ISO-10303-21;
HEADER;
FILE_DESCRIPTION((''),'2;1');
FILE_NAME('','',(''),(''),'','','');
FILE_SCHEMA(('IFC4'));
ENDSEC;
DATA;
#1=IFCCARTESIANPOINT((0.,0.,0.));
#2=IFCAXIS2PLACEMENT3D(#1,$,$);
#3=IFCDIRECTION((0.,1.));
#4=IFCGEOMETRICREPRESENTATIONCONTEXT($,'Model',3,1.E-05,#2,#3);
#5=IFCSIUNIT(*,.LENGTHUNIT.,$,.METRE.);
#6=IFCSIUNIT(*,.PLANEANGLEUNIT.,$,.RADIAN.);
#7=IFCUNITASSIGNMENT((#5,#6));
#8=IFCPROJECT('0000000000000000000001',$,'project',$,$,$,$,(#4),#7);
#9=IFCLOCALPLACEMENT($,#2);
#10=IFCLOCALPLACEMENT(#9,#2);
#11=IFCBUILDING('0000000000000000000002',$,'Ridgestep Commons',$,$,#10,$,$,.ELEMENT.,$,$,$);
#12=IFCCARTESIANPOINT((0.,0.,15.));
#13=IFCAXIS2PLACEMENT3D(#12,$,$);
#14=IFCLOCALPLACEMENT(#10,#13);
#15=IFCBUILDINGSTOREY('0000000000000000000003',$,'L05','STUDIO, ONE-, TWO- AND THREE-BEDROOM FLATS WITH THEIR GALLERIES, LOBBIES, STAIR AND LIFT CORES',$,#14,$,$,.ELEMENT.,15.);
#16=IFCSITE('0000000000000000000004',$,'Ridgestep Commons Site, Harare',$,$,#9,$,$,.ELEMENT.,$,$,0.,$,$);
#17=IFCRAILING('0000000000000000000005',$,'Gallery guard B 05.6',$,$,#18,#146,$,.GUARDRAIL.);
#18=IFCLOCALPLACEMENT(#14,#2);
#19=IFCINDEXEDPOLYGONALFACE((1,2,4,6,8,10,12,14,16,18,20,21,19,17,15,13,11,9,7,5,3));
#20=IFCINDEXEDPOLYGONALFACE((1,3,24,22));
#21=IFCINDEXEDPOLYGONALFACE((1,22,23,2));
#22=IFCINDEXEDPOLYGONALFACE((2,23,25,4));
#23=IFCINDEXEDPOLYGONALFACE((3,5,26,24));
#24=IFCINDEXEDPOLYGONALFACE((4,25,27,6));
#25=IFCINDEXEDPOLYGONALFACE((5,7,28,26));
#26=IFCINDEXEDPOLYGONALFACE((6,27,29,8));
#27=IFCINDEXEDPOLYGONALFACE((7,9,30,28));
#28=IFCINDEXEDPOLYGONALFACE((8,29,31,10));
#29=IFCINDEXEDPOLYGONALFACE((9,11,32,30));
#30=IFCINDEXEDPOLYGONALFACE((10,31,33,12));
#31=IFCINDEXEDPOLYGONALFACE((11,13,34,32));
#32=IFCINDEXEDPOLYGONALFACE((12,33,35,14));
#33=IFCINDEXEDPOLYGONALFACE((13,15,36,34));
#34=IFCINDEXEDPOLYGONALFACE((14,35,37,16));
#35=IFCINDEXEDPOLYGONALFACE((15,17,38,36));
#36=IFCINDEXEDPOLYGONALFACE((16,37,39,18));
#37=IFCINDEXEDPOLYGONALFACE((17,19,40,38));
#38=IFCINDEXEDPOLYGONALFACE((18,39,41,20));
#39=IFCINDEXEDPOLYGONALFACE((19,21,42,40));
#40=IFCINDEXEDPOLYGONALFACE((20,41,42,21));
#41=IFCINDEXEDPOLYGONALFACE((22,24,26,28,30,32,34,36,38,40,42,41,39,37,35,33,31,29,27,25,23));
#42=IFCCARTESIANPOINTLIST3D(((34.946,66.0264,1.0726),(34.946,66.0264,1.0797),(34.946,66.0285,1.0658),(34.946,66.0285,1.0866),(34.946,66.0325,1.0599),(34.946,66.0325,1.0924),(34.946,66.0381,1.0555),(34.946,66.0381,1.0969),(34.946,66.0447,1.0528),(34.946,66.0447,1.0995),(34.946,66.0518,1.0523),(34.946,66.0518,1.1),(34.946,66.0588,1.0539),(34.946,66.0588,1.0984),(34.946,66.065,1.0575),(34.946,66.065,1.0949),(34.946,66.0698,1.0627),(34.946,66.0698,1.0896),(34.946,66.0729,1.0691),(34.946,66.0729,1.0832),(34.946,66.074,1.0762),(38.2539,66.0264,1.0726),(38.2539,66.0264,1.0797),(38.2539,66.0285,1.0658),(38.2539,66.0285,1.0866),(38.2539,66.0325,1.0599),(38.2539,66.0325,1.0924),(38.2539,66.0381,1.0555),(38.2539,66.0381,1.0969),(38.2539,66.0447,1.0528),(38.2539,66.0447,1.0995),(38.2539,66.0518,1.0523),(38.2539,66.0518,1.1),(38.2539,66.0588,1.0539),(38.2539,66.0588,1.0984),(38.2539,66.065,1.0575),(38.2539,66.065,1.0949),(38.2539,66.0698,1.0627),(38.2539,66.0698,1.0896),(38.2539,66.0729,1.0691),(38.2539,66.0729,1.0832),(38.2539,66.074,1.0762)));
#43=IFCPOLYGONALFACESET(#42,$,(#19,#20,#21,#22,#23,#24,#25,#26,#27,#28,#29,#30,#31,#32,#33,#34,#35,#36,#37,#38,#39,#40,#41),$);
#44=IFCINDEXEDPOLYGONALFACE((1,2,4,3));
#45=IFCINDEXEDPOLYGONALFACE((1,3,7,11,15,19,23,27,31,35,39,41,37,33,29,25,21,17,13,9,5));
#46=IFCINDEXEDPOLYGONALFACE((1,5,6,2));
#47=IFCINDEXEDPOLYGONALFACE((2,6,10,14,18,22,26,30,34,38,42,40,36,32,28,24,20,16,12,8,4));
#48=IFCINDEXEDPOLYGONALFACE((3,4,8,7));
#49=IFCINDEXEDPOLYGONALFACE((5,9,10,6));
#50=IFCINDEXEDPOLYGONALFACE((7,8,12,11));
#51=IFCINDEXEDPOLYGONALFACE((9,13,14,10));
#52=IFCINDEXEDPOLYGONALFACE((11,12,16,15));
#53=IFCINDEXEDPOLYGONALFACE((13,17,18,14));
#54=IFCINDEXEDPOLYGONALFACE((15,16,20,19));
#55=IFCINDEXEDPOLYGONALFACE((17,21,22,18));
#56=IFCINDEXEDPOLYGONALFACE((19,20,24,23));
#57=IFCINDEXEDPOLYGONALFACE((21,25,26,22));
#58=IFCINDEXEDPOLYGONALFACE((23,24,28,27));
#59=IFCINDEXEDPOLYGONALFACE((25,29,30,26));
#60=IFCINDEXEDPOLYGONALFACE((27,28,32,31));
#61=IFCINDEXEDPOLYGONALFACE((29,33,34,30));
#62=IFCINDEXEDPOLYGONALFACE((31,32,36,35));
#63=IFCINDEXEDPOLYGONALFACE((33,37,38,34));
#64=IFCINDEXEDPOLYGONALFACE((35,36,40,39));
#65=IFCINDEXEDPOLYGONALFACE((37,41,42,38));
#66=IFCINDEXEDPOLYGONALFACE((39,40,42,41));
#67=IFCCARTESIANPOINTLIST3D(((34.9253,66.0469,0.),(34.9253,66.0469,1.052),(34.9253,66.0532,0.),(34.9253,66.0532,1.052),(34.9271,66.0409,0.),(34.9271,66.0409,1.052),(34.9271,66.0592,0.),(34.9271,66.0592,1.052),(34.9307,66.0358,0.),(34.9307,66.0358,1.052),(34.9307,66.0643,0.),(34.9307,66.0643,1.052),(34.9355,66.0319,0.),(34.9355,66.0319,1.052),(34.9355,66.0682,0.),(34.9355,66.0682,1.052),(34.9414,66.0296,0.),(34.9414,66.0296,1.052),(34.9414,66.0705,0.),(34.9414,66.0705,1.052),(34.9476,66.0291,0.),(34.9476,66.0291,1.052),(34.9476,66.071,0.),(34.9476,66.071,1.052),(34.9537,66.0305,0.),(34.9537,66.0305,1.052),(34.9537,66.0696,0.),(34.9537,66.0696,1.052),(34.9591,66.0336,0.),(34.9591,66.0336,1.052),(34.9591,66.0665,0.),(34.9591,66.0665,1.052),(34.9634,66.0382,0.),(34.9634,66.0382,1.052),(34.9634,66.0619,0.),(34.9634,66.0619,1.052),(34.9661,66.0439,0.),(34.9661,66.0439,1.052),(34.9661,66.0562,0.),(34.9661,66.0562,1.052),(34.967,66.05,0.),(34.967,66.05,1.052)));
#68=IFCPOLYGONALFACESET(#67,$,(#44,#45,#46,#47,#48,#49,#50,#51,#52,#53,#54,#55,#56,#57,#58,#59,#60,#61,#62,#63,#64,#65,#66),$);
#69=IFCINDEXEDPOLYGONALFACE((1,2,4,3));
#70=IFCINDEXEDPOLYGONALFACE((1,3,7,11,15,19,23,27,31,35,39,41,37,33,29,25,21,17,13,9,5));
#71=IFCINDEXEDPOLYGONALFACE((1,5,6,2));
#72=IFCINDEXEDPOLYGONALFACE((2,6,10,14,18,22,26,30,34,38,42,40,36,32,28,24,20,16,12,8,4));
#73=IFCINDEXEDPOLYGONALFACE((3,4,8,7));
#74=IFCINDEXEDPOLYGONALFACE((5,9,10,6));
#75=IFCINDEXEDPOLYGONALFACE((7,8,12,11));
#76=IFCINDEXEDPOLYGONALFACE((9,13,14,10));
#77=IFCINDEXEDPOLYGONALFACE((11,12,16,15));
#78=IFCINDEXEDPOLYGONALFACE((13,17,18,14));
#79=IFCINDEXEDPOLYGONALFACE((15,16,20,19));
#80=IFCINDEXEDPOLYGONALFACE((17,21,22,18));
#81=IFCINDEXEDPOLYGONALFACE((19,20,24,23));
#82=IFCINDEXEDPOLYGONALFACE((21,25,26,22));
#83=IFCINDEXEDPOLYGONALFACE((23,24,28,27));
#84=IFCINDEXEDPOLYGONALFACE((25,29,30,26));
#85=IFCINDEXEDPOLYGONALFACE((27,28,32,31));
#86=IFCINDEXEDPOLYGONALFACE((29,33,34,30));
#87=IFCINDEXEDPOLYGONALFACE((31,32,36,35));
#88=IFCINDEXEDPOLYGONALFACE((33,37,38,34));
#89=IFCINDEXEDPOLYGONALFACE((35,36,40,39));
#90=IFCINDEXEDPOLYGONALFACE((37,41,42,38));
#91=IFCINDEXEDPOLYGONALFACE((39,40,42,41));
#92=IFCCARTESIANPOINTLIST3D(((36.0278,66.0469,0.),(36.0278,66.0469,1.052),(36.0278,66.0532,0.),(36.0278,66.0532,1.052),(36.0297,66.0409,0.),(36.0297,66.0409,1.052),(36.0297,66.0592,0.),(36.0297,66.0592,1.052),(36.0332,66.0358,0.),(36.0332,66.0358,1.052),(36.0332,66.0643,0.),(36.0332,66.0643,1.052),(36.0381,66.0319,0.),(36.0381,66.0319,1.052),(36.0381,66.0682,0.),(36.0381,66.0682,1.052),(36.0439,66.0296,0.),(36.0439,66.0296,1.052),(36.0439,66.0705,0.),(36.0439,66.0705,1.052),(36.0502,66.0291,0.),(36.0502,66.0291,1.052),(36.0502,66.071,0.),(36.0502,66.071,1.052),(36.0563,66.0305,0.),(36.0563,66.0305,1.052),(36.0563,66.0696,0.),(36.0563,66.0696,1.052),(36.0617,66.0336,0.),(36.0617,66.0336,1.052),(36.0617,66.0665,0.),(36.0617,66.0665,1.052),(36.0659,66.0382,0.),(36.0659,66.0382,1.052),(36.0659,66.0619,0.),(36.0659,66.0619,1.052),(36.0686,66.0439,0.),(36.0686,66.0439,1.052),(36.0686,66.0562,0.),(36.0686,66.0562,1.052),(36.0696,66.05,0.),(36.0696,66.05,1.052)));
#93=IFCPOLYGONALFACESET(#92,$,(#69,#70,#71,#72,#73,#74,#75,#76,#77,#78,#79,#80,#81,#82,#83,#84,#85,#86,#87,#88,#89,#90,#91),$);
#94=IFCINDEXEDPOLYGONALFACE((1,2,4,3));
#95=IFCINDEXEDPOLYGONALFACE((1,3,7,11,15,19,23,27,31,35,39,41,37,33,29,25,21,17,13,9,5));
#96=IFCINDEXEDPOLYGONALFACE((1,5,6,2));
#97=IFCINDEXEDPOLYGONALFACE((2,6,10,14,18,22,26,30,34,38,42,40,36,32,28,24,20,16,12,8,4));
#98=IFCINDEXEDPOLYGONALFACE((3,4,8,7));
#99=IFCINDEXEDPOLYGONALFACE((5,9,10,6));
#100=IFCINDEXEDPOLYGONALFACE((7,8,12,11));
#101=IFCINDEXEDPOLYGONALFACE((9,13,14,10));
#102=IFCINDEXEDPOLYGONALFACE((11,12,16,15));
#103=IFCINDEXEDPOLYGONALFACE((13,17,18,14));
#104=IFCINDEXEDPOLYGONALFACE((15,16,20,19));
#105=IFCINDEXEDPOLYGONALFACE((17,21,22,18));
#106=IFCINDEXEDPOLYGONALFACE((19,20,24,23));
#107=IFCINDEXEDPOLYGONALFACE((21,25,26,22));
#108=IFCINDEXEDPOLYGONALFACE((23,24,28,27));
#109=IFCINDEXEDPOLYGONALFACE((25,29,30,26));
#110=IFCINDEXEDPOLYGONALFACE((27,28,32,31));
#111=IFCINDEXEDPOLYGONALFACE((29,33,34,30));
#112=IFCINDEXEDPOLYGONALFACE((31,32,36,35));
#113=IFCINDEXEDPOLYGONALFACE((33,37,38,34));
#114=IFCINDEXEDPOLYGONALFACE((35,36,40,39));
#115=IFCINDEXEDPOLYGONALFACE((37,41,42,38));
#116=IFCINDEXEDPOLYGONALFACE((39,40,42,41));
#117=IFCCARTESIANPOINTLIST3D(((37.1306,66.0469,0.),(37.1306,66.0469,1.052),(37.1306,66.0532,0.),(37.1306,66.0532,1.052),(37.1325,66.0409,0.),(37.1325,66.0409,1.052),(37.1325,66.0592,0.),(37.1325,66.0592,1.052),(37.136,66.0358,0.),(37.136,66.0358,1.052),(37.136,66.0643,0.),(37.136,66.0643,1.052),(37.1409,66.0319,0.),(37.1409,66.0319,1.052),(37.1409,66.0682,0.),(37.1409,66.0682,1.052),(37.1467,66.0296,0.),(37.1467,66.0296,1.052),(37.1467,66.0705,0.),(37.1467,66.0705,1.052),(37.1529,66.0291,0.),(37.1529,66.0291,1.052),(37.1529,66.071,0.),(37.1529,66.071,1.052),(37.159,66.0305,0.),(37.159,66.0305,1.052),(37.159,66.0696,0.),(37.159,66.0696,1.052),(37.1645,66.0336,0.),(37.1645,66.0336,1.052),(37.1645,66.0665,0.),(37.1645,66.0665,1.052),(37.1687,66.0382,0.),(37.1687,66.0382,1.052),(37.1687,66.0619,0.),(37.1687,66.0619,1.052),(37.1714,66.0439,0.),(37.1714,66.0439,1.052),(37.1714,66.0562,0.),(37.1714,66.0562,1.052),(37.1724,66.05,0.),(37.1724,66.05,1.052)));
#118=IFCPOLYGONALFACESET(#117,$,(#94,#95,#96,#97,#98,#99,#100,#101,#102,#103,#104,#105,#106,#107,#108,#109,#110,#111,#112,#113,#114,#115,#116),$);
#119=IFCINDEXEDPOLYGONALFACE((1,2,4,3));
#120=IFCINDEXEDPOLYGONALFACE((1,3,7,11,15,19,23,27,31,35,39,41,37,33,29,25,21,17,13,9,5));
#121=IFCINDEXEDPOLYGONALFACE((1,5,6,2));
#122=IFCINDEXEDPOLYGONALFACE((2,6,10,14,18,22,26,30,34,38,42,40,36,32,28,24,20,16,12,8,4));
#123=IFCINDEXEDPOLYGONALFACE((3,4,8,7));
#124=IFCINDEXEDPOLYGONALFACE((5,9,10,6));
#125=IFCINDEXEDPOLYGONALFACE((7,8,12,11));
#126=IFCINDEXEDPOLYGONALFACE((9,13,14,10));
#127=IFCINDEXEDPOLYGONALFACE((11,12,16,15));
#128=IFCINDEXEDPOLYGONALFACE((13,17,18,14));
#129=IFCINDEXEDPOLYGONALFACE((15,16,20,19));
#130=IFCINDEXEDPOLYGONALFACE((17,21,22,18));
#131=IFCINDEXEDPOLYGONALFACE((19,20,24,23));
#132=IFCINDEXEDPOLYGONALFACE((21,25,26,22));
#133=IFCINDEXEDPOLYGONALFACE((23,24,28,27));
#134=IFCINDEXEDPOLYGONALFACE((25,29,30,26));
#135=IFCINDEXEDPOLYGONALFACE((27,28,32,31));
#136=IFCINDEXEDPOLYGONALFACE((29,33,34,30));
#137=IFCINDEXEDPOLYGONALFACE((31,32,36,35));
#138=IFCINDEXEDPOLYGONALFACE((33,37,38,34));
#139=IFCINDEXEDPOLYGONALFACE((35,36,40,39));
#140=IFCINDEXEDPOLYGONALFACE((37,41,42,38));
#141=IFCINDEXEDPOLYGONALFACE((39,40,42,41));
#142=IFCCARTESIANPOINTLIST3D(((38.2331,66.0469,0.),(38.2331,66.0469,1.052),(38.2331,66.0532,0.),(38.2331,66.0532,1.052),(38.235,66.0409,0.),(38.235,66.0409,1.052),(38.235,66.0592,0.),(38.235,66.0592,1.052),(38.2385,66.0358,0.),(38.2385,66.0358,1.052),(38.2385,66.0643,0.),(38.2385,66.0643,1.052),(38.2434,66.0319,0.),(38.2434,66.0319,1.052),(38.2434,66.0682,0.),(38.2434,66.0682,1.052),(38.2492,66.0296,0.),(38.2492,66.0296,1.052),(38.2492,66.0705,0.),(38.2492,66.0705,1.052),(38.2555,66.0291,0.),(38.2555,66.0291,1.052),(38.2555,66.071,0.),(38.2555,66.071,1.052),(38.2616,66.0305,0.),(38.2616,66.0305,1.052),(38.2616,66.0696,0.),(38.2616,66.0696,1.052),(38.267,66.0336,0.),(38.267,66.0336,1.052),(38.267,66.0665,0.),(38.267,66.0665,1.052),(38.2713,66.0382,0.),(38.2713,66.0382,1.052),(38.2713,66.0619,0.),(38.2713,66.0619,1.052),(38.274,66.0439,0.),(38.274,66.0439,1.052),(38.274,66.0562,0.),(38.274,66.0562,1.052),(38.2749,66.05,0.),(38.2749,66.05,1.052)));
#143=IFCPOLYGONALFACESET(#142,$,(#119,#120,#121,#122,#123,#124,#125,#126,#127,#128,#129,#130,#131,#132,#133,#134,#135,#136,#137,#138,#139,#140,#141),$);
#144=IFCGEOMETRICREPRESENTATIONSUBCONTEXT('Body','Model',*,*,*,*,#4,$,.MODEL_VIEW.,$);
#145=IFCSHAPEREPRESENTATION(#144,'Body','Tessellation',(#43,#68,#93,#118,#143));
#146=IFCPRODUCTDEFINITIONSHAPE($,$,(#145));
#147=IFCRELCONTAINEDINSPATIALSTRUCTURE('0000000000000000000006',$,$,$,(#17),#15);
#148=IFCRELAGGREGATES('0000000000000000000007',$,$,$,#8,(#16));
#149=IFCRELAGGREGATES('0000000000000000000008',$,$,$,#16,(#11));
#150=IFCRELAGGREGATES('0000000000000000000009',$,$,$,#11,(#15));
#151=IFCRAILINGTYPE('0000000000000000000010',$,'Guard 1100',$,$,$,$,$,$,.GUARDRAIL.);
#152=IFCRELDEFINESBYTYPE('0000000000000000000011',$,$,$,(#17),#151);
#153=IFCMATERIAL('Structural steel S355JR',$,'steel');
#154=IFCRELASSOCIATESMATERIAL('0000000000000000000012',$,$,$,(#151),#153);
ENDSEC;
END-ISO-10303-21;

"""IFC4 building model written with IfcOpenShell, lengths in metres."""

from ifc_helpers import new_model, si_unit, direction, frame, origin, origin_2d, place, context, subcontext, project, spatial, circle, extrude, material, type_object, element, save


model = new_model("IFC4")

# Units and contexts
model_context = context("Model", 3, precision=1e-05, world=origin(), true_north=direction((0.0, 1.0)))
body_context = subcontext(model_context, "Body", "Model", "MODEL_VIEW")
ifc_project = project(units=[si_unit("LENGTHUNIT", "METRE"), si_unit("PLANEANGLEUNIT", "RADIAN")], contexts=[model_context])

# Site, building, storey
site_placement = place(None, origin())
site = spatial("IfcSite", under=ifc_project, at=site_placement, Name="Ridgestep Commons Site, Harare", CompositionType="ELEMENT", RefElevation=0.0)
building_placement = place(site_placement, origin())
building = spatial("IfcBuilding", under=site, at=building_placement, Name="Ridgestep Commons", CompositionType="ELEMENT")
storey_placement = place(building_placement, frame((0.0, 0.0, 15.0)))
storey = spatial("IfcBuildingStorey", under=building, at=storey_placement, Name="L05", Description="STUDIO, ONE-, TWO- AND THREE-BEDROOM FLATS WITH THEIR GALLERIES, LOBBIES, STAIR AND LIFT CORES", CompositionType="ELEMENT", Elevation=15.0)

# Railing
ifc_material_1 = material(Name="Structural steel S355JR", Category="steel")
railing_type = type_object("IfcRailingType", Name="Guard 1100", PredefinedType="GUARDRAIL", material=ifc_material_1)
railing_1_placement = place(storey_placement, frame((34.946, 66.05, 0.0)))
element("IfcRailing", 1, at=railing_1_placement, inside=storey, type_object=railing_type, Name="Gallery guard B 05.6", PredefinedType="GUARDRAIL", context=body_context, shape_type="SweptSolid", body=[
    extrude(circle(Radius=0.0239, at=origin_2d()), frame((0.0, 0.0, 1.0762), z_axis=(1.0, 0.0, 0.0), x_axis=(0.0, 1.0, 0.0)), (0.0, 0.0, 1.0), 3.3079),
    extrude(circle(Radius=0.021, at=origin_2d()), origin(), (0.0, 0.0, 1.0), 1.052),
    extrude(circle(Radius=0.021, at=origin_2d()), frame((1.1025, 0.0, 0.0)), (0.0, 0.0, 1.0), 1.052),
    extrude(circle(Radius=0.021, at=origin_2d()), frame((2.2053, 0.0, 0.0)), (0.0, 0.0, 1.0), 1.052),
    extrude(circle(Radius=0.021, at=origin_2d()), frame((3.3079, 0.0, 0.0)), (0.0, 0.0, 1.0), 1.052),
])

save(model, "model.ifc")
